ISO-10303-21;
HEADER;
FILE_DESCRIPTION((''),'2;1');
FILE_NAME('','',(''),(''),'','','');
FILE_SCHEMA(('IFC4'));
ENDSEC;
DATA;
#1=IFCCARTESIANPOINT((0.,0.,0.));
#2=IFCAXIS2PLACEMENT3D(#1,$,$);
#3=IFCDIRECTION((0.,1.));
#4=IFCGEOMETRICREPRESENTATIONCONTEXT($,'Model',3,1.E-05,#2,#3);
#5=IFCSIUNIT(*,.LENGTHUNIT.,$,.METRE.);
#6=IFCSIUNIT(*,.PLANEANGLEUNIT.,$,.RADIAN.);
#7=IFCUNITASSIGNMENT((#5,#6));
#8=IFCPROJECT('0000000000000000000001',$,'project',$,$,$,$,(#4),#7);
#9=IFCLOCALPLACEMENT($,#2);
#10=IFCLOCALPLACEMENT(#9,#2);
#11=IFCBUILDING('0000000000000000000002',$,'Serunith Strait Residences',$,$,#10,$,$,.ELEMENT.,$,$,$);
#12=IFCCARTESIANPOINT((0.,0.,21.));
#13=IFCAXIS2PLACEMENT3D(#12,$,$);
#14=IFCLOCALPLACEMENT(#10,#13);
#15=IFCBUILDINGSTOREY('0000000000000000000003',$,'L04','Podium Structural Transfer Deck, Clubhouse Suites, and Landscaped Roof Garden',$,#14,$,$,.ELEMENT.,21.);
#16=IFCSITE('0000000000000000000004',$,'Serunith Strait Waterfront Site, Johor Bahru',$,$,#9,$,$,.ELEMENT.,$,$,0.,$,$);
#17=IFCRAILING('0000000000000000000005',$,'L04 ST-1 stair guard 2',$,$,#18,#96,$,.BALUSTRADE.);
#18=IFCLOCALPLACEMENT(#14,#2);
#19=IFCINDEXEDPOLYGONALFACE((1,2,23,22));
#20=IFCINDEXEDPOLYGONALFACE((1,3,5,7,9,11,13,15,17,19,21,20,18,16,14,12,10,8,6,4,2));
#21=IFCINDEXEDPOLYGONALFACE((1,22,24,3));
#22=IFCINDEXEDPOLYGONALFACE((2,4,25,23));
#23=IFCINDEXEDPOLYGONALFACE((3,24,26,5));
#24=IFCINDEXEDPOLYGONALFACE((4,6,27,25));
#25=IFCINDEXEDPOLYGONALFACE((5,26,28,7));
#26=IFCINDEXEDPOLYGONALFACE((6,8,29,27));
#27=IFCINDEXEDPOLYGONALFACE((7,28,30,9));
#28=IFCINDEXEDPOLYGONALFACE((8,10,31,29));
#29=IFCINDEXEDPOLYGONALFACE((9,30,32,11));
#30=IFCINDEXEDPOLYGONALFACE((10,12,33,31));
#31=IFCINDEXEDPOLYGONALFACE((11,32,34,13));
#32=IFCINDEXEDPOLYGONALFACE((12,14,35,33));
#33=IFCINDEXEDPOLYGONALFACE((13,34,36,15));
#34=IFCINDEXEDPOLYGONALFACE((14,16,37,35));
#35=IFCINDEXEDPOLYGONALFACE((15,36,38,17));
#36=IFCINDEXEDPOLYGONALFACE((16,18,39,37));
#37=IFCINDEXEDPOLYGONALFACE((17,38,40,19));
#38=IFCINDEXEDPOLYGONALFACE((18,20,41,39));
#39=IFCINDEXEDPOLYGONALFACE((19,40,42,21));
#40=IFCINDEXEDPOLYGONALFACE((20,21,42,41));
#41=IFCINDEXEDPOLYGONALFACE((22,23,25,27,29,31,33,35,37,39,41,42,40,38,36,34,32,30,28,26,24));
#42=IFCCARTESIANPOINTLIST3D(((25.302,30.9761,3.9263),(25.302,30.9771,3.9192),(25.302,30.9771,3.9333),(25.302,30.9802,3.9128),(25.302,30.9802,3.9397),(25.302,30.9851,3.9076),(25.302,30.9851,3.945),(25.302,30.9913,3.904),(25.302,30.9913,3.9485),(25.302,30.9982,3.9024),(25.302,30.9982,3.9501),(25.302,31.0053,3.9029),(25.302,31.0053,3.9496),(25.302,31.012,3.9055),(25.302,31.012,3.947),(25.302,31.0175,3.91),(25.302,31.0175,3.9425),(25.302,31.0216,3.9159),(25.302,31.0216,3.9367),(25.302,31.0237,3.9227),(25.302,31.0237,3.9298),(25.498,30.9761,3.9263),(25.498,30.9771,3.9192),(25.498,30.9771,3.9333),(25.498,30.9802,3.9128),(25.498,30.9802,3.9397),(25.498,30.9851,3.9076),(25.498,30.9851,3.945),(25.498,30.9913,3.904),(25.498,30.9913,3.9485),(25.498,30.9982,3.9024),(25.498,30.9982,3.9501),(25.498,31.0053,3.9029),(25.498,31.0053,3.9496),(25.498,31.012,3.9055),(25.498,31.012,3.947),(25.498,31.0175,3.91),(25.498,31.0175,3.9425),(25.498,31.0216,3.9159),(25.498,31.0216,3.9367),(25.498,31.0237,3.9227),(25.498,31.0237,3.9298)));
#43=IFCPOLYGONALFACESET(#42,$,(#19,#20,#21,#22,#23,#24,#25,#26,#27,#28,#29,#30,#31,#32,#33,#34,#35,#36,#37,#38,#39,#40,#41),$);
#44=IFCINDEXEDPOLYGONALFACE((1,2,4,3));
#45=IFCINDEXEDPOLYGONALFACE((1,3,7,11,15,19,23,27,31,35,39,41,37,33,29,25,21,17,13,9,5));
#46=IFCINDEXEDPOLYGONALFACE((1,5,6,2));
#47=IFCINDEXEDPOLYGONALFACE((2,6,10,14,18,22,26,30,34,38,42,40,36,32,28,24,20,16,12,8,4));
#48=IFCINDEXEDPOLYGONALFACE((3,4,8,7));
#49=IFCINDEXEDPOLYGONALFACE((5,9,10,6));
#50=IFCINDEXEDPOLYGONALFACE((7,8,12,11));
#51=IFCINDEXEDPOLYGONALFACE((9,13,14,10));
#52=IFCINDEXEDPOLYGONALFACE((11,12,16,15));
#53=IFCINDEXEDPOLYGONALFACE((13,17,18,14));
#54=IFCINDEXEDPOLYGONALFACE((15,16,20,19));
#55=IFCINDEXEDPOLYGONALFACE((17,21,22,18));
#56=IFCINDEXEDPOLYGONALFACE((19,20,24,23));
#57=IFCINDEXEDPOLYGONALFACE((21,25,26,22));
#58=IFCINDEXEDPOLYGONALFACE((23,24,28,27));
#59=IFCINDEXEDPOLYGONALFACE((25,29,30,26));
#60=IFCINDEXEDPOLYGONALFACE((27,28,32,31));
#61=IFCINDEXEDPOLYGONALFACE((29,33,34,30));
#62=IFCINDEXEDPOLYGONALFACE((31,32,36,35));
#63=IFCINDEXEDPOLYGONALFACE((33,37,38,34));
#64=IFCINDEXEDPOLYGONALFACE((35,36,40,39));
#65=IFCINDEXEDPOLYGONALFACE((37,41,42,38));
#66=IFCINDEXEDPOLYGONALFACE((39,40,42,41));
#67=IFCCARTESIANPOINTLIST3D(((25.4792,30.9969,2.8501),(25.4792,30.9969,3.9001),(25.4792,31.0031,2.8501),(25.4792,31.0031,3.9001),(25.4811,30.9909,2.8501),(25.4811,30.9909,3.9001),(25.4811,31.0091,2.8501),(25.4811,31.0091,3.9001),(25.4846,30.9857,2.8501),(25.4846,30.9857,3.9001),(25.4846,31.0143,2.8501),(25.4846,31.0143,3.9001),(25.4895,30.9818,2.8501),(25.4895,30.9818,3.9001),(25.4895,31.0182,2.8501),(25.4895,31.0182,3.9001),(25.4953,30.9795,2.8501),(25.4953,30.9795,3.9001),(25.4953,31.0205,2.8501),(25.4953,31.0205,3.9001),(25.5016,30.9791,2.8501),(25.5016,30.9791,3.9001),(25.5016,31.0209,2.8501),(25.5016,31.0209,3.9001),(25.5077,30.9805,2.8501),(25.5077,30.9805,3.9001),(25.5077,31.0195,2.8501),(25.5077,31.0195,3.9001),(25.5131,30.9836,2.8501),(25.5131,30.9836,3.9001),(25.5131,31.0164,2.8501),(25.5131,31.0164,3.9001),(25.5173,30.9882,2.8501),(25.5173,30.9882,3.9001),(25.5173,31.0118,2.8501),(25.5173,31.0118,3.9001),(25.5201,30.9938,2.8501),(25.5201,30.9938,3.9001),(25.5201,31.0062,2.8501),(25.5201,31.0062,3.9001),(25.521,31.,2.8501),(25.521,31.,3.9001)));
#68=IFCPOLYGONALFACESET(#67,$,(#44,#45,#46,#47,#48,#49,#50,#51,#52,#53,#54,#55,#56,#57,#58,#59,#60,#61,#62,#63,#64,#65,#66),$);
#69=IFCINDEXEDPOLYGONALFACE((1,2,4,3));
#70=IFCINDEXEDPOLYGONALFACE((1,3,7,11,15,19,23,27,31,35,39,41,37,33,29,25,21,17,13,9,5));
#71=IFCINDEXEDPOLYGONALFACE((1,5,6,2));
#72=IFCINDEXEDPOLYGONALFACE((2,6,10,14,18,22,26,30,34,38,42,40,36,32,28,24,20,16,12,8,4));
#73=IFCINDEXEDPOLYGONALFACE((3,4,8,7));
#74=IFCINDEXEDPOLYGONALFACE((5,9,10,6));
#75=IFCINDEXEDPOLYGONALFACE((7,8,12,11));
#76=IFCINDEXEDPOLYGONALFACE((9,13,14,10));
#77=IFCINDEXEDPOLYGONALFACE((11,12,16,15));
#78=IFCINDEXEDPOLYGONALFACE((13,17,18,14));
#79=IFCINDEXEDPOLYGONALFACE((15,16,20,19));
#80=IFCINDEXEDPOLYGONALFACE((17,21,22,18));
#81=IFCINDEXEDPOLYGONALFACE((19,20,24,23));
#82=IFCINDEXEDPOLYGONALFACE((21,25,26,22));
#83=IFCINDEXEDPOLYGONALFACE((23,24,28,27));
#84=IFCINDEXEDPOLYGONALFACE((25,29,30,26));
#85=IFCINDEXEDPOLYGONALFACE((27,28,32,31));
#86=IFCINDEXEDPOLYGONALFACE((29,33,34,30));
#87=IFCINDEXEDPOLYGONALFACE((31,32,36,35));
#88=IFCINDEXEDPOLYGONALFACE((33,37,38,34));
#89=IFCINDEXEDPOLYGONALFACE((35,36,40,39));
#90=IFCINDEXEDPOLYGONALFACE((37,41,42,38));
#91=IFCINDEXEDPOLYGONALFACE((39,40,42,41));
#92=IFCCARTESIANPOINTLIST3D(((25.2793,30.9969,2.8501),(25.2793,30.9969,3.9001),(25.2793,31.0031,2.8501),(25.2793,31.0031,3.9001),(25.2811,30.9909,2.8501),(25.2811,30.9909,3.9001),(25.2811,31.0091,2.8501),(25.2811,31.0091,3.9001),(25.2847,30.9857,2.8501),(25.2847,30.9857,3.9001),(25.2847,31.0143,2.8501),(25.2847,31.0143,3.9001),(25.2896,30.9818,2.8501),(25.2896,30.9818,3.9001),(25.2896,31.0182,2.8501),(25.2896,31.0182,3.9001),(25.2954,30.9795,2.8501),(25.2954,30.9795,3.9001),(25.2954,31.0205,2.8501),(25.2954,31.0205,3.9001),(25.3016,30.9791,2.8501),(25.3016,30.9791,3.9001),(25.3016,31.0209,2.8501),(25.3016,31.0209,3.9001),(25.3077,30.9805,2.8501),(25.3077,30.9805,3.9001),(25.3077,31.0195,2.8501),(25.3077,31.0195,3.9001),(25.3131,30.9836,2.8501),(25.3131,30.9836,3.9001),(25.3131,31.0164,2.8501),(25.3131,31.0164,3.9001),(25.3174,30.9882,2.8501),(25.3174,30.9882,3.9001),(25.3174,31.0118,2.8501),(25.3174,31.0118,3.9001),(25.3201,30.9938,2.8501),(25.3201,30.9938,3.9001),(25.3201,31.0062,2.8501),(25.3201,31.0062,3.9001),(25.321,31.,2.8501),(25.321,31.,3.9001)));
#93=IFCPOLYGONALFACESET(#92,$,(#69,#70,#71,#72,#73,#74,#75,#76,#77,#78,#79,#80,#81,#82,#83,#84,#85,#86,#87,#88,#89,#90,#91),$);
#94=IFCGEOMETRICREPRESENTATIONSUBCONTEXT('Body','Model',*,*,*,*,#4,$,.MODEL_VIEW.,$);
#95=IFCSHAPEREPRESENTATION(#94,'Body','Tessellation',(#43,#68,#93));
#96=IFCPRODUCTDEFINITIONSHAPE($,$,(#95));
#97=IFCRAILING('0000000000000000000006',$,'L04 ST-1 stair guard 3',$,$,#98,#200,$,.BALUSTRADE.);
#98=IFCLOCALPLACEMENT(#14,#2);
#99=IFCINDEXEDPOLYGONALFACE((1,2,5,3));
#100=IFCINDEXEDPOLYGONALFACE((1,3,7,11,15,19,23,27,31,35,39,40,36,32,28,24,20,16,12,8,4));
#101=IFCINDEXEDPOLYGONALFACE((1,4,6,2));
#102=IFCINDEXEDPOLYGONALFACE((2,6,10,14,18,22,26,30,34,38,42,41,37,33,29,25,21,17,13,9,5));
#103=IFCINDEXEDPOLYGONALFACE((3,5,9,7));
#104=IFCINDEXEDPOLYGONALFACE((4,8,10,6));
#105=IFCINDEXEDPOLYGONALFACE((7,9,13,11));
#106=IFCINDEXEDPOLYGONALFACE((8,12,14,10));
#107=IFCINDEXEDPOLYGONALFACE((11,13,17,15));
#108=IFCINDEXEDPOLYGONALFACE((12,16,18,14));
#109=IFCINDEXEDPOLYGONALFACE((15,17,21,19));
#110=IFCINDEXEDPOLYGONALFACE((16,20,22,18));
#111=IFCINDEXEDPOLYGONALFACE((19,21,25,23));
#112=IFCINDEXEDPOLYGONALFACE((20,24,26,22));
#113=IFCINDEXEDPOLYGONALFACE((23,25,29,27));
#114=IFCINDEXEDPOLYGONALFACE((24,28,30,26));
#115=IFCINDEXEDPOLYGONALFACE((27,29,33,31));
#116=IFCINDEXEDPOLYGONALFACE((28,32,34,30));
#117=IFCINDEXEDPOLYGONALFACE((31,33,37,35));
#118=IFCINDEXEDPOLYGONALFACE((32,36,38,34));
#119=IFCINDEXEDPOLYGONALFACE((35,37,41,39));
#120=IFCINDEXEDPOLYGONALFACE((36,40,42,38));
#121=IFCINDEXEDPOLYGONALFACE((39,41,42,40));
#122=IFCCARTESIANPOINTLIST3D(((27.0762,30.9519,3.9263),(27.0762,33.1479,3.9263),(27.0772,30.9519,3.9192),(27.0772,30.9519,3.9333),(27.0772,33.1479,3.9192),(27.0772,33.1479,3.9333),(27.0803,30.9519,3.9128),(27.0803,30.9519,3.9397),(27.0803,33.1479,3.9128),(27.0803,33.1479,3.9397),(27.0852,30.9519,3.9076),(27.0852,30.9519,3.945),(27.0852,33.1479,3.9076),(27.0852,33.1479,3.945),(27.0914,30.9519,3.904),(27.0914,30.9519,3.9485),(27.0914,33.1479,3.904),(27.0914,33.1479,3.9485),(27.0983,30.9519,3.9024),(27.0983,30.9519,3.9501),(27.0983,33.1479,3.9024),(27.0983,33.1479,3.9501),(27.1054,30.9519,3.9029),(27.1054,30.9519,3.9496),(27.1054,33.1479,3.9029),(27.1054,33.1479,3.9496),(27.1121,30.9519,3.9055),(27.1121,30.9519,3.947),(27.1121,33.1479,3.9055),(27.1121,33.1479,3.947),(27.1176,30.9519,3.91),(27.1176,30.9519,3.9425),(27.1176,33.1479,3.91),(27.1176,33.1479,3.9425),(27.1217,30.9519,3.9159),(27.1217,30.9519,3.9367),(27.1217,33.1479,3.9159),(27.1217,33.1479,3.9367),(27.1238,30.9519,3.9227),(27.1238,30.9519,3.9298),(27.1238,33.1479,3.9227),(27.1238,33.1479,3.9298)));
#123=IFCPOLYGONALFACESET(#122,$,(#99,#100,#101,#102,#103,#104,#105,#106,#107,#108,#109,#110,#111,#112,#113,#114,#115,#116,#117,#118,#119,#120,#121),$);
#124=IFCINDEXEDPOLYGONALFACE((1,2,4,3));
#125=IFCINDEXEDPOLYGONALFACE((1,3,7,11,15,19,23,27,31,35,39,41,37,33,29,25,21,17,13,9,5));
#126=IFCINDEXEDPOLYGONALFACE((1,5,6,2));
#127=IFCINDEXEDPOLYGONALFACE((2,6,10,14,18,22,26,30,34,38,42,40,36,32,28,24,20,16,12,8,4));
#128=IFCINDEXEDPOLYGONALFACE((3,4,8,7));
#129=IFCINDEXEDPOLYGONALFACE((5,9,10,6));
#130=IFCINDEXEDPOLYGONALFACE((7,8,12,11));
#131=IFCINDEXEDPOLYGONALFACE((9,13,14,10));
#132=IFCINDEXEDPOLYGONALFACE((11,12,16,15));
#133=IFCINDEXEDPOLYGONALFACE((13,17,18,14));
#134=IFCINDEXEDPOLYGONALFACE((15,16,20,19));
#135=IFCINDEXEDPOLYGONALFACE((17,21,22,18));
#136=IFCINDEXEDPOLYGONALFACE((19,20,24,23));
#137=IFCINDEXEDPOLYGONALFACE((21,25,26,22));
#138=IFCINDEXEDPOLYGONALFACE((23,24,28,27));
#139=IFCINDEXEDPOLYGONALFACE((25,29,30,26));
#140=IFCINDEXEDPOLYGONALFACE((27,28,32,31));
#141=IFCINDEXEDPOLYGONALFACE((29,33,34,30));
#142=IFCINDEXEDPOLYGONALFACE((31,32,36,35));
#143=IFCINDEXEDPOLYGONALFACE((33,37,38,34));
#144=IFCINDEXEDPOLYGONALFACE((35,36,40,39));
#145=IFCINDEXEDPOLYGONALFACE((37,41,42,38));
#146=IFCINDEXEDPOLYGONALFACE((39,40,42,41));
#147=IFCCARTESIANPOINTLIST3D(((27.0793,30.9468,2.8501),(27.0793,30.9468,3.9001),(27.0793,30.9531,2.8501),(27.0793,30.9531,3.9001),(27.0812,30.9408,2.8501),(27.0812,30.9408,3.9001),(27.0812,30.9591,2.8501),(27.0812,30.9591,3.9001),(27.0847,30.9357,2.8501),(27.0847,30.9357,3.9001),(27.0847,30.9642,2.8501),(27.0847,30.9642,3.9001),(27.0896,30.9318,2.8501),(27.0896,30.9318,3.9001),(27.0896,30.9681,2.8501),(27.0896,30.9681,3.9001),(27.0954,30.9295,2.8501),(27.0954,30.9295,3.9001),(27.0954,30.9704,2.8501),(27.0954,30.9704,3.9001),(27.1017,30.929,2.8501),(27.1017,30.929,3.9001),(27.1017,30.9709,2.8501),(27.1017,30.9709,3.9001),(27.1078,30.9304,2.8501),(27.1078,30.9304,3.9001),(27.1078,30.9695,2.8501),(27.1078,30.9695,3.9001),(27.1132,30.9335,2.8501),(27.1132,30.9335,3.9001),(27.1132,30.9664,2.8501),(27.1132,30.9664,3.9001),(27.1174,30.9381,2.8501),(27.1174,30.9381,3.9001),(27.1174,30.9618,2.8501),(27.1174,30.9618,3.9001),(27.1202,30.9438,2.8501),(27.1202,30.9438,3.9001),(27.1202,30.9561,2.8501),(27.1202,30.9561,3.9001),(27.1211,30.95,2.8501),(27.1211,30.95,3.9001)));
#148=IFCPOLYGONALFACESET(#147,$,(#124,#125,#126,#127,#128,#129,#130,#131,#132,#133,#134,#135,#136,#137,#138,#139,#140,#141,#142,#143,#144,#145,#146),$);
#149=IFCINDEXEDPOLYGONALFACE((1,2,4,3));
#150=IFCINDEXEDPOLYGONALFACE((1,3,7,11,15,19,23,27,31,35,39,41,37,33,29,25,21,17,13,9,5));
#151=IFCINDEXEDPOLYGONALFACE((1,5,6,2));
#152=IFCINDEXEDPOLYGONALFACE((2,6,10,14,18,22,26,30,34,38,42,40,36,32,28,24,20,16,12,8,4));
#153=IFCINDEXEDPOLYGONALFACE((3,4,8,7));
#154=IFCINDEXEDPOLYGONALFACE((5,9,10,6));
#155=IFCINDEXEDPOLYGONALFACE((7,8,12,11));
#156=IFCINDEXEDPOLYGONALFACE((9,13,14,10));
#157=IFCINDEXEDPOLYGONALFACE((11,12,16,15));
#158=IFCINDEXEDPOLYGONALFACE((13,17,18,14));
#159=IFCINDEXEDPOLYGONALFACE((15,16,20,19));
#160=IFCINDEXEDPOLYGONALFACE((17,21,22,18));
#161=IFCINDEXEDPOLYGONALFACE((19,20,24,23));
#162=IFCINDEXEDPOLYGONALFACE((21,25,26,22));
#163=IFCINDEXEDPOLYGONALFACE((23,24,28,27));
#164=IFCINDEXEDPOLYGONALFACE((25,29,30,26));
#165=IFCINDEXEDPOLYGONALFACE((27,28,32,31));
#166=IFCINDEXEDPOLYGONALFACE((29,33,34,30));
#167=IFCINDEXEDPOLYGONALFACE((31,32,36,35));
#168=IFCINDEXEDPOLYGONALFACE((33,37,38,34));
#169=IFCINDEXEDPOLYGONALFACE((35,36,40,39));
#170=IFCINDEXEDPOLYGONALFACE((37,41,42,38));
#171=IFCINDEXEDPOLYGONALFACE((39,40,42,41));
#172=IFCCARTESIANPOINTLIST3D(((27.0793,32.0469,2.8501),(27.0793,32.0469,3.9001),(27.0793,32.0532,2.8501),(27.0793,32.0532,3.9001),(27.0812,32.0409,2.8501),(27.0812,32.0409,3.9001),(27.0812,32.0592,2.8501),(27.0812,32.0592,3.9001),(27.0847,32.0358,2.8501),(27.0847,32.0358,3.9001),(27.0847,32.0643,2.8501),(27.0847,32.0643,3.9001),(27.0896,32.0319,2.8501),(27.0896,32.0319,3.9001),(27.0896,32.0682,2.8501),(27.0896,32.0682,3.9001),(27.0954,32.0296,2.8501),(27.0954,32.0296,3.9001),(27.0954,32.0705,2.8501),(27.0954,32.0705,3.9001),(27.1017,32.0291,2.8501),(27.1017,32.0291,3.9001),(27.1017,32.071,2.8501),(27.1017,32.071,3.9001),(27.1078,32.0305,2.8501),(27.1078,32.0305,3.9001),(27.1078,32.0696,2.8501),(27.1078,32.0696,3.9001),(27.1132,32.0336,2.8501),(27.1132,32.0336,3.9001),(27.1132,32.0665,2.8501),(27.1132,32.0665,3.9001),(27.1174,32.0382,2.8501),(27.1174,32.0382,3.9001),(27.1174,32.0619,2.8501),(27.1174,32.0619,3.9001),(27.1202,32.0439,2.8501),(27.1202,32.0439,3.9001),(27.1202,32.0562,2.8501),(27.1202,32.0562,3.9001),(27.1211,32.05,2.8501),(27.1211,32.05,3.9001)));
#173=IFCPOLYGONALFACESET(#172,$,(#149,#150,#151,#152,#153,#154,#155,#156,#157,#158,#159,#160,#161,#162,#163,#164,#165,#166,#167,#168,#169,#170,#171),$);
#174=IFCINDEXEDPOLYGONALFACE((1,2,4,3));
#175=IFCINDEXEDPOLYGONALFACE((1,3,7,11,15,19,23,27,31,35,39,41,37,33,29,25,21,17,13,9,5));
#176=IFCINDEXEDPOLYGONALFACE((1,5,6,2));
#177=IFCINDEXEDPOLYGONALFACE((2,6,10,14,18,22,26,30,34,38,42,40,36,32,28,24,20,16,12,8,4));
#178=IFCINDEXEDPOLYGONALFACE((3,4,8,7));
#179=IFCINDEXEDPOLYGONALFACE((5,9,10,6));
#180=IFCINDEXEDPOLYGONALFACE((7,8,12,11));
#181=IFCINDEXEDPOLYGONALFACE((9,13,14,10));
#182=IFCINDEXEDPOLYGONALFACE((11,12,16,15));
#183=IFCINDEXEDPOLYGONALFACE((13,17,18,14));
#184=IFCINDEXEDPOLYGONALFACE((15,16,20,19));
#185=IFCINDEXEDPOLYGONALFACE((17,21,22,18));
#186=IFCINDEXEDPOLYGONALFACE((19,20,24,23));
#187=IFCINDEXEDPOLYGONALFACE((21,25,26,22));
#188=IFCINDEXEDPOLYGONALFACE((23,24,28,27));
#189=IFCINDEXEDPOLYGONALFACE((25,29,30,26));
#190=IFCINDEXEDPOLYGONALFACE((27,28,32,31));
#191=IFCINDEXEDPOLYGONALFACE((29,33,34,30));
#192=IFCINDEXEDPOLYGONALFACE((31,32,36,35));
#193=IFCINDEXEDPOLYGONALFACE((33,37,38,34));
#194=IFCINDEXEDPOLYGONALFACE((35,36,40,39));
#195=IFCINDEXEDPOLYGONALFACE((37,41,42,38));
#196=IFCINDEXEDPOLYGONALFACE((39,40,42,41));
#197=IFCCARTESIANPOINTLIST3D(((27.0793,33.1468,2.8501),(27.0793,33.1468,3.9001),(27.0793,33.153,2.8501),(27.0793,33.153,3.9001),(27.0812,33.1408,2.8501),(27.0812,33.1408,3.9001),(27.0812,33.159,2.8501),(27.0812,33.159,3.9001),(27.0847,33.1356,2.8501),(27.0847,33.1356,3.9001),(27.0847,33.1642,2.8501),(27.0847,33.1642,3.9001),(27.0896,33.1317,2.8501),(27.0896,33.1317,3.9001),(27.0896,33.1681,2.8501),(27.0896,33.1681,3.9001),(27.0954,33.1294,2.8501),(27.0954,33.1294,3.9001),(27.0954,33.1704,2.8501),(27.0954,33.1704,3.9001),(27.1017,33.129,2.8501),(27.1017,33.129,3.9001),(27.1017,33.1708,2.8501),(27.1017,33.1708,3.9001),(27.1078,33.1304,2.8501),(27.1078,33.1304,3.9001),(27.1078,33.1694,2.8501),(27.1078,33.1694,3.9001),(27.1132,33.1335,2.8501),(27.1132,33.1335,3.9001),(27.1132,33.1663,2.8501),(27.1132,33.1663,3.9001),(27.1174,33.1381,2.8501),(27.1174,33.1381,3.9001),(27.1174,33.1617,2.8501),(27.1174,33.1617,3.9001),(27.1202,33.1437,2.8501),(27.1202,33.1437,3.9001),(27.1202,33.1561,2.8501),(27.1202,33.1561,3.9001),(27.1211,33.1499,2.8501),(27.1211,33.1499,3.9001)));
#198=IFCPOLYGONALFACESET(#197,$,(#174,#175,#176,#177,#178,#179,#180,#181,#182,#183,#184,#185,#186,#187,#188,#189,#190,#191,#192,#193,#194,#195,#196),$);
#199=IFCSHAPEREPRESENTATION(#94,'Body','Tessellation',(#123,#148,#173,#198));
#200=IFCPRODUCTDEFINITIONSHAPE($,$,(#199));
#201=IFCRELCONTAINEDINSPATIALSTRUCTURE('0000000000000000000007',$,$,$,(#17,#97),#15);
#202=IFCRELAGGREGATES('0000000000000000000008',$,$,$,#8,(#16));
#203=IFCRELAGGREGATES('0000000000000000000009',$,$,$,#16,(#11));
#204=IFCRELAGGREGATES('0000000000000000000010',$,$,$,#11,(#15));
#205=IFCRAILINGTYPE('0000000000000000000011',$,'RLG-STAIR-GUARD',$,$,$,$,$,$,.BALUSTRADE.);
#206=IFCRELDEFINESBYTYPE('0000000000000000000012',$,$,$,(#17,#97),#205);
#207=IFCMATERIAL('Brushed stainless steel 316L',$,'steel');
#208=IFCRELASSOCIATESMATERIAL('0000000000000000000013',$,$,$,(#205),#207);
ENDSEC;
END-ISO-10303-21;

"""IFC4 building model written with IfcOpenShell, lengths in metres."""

from ifc_helpers import new_model, si_unit, direction, frame, origin, origin_2d, place, context, subcontext, project, spatial, circle, extrude, material, type_object, element, save


model = new_model("IFC4")

# Units and contexts
model_context = context("Model", 3, precision=1e-05, world=origin(), true_north=direction((0.0, 1.0)))
body_context = subcontext(model_context, "Body", "Model", "MODEL_VIEW")
ifc_project = project(units=[si_unit("LENGTHUNIT", "METRE"), si_unit("PLANEANGLEUNIT", "RADIAN")], contexts=[model_context])

# Site, building, storey
site_placement = place(None, origin())
site = spatial("IfcSite", under=ifc_project, at=site_placement, Name="Serunith Strait Waterfront Site, Johor Bahru", CompositionType="ELEMENT", RefElevation=0.0)
building_placement = place(site_placement, origin())
building = spatial("IfcBuilding", under=site, at=building_placement, Name="Serunith Strait Residences", CompositionType="ELEMENT")
storey_placement = place(building_placement, frame((0.0, 0.0, 21.0)))
storey = spatial("IfcBuildingStorey", under=building, at=storey_placement, Name="L04", Description="Podium Structural Transfer Deck, Clubhouse Suites, and Landscaped Roof Garden", CompositionType="ELEMENT", Elevation=21.0)

# Railings
ifc_material_1 = material(Name="Brushed stainless steel 316L", Category="steel")
railing_type_1 = type_object("IfcRailingType", Name="RLG-STAIR-GUARD", PredefinedType="BALUSTRADE", material=ifc_material_1)
railing_1_placement = place(storey_placement, frame((25.5, 31.0, 2.8501)))
element("IfcRailing", 1, at=railing_1_placement, inside=storey, type_object=railing_type_1, Name="L04 ST-1 stair guard 2", PredefinedType="BALUSTRADE", context=body_context, shape_type="SweptSolid", body=[
    extrude(circle(Radius=0.0239, at=origin_2d()), frame((-0.002, 0.0, 1.0762), z_axis=(-1.0, 0.0, 0.0), x_axis=(0.0, -1.0, 0.0)), (0.0, 0.0, 1.0), 0.196),
    extrude(circle(Radius=0.021, at=origin_2d()), origin(), (0.0, 0.0, 1.0), 1.05),
    extrude(circle(Radius=0.021, at=origin_2d()), frame((-0.2, 0.0, 0.0)), (0.0, 0.0, 1.0), 1.05),
])
for number, where, name in (
    (2, (27.1001, 30.95, 2.8501), "L04 ST-1 stair guard 3"),
):
    element("IfcRailing", number, at=place(storey_placement, frame(where)), inside=storey, type_object=railing_type_1, Name=name, PredefinedType="BALUSTRADE", context=body_context, shape_type="SweptSolid", body=[
        extrude(circle(Radius=0.0239, at=origin_2d()), frame((0.0, 0.002, 1.0762), z_axis=(0.0, 1.0, 0.0), x_axis=(-1.0, 0.0, 0.0)), (0.0, 0.0, 1.0), 2.196),
        extrude(circle(Radius=0.021, at=origin_2d()), origin(), (0.0, 0.0, 1.0), 1.05),
        extrude(circle(Radius=0.021, at=origin_2d()), frame((0.0, 1.1001, 0.0)), (0.0, 0.0, 1.0), 1.05),
        extrude(circle(Radius=0.021, at=origin_2d()), frame((0.0, 2.2, 0.0)), (0.0, 0.0, 1.0), 1.05),
    ])

save(model, "model.ifc")
